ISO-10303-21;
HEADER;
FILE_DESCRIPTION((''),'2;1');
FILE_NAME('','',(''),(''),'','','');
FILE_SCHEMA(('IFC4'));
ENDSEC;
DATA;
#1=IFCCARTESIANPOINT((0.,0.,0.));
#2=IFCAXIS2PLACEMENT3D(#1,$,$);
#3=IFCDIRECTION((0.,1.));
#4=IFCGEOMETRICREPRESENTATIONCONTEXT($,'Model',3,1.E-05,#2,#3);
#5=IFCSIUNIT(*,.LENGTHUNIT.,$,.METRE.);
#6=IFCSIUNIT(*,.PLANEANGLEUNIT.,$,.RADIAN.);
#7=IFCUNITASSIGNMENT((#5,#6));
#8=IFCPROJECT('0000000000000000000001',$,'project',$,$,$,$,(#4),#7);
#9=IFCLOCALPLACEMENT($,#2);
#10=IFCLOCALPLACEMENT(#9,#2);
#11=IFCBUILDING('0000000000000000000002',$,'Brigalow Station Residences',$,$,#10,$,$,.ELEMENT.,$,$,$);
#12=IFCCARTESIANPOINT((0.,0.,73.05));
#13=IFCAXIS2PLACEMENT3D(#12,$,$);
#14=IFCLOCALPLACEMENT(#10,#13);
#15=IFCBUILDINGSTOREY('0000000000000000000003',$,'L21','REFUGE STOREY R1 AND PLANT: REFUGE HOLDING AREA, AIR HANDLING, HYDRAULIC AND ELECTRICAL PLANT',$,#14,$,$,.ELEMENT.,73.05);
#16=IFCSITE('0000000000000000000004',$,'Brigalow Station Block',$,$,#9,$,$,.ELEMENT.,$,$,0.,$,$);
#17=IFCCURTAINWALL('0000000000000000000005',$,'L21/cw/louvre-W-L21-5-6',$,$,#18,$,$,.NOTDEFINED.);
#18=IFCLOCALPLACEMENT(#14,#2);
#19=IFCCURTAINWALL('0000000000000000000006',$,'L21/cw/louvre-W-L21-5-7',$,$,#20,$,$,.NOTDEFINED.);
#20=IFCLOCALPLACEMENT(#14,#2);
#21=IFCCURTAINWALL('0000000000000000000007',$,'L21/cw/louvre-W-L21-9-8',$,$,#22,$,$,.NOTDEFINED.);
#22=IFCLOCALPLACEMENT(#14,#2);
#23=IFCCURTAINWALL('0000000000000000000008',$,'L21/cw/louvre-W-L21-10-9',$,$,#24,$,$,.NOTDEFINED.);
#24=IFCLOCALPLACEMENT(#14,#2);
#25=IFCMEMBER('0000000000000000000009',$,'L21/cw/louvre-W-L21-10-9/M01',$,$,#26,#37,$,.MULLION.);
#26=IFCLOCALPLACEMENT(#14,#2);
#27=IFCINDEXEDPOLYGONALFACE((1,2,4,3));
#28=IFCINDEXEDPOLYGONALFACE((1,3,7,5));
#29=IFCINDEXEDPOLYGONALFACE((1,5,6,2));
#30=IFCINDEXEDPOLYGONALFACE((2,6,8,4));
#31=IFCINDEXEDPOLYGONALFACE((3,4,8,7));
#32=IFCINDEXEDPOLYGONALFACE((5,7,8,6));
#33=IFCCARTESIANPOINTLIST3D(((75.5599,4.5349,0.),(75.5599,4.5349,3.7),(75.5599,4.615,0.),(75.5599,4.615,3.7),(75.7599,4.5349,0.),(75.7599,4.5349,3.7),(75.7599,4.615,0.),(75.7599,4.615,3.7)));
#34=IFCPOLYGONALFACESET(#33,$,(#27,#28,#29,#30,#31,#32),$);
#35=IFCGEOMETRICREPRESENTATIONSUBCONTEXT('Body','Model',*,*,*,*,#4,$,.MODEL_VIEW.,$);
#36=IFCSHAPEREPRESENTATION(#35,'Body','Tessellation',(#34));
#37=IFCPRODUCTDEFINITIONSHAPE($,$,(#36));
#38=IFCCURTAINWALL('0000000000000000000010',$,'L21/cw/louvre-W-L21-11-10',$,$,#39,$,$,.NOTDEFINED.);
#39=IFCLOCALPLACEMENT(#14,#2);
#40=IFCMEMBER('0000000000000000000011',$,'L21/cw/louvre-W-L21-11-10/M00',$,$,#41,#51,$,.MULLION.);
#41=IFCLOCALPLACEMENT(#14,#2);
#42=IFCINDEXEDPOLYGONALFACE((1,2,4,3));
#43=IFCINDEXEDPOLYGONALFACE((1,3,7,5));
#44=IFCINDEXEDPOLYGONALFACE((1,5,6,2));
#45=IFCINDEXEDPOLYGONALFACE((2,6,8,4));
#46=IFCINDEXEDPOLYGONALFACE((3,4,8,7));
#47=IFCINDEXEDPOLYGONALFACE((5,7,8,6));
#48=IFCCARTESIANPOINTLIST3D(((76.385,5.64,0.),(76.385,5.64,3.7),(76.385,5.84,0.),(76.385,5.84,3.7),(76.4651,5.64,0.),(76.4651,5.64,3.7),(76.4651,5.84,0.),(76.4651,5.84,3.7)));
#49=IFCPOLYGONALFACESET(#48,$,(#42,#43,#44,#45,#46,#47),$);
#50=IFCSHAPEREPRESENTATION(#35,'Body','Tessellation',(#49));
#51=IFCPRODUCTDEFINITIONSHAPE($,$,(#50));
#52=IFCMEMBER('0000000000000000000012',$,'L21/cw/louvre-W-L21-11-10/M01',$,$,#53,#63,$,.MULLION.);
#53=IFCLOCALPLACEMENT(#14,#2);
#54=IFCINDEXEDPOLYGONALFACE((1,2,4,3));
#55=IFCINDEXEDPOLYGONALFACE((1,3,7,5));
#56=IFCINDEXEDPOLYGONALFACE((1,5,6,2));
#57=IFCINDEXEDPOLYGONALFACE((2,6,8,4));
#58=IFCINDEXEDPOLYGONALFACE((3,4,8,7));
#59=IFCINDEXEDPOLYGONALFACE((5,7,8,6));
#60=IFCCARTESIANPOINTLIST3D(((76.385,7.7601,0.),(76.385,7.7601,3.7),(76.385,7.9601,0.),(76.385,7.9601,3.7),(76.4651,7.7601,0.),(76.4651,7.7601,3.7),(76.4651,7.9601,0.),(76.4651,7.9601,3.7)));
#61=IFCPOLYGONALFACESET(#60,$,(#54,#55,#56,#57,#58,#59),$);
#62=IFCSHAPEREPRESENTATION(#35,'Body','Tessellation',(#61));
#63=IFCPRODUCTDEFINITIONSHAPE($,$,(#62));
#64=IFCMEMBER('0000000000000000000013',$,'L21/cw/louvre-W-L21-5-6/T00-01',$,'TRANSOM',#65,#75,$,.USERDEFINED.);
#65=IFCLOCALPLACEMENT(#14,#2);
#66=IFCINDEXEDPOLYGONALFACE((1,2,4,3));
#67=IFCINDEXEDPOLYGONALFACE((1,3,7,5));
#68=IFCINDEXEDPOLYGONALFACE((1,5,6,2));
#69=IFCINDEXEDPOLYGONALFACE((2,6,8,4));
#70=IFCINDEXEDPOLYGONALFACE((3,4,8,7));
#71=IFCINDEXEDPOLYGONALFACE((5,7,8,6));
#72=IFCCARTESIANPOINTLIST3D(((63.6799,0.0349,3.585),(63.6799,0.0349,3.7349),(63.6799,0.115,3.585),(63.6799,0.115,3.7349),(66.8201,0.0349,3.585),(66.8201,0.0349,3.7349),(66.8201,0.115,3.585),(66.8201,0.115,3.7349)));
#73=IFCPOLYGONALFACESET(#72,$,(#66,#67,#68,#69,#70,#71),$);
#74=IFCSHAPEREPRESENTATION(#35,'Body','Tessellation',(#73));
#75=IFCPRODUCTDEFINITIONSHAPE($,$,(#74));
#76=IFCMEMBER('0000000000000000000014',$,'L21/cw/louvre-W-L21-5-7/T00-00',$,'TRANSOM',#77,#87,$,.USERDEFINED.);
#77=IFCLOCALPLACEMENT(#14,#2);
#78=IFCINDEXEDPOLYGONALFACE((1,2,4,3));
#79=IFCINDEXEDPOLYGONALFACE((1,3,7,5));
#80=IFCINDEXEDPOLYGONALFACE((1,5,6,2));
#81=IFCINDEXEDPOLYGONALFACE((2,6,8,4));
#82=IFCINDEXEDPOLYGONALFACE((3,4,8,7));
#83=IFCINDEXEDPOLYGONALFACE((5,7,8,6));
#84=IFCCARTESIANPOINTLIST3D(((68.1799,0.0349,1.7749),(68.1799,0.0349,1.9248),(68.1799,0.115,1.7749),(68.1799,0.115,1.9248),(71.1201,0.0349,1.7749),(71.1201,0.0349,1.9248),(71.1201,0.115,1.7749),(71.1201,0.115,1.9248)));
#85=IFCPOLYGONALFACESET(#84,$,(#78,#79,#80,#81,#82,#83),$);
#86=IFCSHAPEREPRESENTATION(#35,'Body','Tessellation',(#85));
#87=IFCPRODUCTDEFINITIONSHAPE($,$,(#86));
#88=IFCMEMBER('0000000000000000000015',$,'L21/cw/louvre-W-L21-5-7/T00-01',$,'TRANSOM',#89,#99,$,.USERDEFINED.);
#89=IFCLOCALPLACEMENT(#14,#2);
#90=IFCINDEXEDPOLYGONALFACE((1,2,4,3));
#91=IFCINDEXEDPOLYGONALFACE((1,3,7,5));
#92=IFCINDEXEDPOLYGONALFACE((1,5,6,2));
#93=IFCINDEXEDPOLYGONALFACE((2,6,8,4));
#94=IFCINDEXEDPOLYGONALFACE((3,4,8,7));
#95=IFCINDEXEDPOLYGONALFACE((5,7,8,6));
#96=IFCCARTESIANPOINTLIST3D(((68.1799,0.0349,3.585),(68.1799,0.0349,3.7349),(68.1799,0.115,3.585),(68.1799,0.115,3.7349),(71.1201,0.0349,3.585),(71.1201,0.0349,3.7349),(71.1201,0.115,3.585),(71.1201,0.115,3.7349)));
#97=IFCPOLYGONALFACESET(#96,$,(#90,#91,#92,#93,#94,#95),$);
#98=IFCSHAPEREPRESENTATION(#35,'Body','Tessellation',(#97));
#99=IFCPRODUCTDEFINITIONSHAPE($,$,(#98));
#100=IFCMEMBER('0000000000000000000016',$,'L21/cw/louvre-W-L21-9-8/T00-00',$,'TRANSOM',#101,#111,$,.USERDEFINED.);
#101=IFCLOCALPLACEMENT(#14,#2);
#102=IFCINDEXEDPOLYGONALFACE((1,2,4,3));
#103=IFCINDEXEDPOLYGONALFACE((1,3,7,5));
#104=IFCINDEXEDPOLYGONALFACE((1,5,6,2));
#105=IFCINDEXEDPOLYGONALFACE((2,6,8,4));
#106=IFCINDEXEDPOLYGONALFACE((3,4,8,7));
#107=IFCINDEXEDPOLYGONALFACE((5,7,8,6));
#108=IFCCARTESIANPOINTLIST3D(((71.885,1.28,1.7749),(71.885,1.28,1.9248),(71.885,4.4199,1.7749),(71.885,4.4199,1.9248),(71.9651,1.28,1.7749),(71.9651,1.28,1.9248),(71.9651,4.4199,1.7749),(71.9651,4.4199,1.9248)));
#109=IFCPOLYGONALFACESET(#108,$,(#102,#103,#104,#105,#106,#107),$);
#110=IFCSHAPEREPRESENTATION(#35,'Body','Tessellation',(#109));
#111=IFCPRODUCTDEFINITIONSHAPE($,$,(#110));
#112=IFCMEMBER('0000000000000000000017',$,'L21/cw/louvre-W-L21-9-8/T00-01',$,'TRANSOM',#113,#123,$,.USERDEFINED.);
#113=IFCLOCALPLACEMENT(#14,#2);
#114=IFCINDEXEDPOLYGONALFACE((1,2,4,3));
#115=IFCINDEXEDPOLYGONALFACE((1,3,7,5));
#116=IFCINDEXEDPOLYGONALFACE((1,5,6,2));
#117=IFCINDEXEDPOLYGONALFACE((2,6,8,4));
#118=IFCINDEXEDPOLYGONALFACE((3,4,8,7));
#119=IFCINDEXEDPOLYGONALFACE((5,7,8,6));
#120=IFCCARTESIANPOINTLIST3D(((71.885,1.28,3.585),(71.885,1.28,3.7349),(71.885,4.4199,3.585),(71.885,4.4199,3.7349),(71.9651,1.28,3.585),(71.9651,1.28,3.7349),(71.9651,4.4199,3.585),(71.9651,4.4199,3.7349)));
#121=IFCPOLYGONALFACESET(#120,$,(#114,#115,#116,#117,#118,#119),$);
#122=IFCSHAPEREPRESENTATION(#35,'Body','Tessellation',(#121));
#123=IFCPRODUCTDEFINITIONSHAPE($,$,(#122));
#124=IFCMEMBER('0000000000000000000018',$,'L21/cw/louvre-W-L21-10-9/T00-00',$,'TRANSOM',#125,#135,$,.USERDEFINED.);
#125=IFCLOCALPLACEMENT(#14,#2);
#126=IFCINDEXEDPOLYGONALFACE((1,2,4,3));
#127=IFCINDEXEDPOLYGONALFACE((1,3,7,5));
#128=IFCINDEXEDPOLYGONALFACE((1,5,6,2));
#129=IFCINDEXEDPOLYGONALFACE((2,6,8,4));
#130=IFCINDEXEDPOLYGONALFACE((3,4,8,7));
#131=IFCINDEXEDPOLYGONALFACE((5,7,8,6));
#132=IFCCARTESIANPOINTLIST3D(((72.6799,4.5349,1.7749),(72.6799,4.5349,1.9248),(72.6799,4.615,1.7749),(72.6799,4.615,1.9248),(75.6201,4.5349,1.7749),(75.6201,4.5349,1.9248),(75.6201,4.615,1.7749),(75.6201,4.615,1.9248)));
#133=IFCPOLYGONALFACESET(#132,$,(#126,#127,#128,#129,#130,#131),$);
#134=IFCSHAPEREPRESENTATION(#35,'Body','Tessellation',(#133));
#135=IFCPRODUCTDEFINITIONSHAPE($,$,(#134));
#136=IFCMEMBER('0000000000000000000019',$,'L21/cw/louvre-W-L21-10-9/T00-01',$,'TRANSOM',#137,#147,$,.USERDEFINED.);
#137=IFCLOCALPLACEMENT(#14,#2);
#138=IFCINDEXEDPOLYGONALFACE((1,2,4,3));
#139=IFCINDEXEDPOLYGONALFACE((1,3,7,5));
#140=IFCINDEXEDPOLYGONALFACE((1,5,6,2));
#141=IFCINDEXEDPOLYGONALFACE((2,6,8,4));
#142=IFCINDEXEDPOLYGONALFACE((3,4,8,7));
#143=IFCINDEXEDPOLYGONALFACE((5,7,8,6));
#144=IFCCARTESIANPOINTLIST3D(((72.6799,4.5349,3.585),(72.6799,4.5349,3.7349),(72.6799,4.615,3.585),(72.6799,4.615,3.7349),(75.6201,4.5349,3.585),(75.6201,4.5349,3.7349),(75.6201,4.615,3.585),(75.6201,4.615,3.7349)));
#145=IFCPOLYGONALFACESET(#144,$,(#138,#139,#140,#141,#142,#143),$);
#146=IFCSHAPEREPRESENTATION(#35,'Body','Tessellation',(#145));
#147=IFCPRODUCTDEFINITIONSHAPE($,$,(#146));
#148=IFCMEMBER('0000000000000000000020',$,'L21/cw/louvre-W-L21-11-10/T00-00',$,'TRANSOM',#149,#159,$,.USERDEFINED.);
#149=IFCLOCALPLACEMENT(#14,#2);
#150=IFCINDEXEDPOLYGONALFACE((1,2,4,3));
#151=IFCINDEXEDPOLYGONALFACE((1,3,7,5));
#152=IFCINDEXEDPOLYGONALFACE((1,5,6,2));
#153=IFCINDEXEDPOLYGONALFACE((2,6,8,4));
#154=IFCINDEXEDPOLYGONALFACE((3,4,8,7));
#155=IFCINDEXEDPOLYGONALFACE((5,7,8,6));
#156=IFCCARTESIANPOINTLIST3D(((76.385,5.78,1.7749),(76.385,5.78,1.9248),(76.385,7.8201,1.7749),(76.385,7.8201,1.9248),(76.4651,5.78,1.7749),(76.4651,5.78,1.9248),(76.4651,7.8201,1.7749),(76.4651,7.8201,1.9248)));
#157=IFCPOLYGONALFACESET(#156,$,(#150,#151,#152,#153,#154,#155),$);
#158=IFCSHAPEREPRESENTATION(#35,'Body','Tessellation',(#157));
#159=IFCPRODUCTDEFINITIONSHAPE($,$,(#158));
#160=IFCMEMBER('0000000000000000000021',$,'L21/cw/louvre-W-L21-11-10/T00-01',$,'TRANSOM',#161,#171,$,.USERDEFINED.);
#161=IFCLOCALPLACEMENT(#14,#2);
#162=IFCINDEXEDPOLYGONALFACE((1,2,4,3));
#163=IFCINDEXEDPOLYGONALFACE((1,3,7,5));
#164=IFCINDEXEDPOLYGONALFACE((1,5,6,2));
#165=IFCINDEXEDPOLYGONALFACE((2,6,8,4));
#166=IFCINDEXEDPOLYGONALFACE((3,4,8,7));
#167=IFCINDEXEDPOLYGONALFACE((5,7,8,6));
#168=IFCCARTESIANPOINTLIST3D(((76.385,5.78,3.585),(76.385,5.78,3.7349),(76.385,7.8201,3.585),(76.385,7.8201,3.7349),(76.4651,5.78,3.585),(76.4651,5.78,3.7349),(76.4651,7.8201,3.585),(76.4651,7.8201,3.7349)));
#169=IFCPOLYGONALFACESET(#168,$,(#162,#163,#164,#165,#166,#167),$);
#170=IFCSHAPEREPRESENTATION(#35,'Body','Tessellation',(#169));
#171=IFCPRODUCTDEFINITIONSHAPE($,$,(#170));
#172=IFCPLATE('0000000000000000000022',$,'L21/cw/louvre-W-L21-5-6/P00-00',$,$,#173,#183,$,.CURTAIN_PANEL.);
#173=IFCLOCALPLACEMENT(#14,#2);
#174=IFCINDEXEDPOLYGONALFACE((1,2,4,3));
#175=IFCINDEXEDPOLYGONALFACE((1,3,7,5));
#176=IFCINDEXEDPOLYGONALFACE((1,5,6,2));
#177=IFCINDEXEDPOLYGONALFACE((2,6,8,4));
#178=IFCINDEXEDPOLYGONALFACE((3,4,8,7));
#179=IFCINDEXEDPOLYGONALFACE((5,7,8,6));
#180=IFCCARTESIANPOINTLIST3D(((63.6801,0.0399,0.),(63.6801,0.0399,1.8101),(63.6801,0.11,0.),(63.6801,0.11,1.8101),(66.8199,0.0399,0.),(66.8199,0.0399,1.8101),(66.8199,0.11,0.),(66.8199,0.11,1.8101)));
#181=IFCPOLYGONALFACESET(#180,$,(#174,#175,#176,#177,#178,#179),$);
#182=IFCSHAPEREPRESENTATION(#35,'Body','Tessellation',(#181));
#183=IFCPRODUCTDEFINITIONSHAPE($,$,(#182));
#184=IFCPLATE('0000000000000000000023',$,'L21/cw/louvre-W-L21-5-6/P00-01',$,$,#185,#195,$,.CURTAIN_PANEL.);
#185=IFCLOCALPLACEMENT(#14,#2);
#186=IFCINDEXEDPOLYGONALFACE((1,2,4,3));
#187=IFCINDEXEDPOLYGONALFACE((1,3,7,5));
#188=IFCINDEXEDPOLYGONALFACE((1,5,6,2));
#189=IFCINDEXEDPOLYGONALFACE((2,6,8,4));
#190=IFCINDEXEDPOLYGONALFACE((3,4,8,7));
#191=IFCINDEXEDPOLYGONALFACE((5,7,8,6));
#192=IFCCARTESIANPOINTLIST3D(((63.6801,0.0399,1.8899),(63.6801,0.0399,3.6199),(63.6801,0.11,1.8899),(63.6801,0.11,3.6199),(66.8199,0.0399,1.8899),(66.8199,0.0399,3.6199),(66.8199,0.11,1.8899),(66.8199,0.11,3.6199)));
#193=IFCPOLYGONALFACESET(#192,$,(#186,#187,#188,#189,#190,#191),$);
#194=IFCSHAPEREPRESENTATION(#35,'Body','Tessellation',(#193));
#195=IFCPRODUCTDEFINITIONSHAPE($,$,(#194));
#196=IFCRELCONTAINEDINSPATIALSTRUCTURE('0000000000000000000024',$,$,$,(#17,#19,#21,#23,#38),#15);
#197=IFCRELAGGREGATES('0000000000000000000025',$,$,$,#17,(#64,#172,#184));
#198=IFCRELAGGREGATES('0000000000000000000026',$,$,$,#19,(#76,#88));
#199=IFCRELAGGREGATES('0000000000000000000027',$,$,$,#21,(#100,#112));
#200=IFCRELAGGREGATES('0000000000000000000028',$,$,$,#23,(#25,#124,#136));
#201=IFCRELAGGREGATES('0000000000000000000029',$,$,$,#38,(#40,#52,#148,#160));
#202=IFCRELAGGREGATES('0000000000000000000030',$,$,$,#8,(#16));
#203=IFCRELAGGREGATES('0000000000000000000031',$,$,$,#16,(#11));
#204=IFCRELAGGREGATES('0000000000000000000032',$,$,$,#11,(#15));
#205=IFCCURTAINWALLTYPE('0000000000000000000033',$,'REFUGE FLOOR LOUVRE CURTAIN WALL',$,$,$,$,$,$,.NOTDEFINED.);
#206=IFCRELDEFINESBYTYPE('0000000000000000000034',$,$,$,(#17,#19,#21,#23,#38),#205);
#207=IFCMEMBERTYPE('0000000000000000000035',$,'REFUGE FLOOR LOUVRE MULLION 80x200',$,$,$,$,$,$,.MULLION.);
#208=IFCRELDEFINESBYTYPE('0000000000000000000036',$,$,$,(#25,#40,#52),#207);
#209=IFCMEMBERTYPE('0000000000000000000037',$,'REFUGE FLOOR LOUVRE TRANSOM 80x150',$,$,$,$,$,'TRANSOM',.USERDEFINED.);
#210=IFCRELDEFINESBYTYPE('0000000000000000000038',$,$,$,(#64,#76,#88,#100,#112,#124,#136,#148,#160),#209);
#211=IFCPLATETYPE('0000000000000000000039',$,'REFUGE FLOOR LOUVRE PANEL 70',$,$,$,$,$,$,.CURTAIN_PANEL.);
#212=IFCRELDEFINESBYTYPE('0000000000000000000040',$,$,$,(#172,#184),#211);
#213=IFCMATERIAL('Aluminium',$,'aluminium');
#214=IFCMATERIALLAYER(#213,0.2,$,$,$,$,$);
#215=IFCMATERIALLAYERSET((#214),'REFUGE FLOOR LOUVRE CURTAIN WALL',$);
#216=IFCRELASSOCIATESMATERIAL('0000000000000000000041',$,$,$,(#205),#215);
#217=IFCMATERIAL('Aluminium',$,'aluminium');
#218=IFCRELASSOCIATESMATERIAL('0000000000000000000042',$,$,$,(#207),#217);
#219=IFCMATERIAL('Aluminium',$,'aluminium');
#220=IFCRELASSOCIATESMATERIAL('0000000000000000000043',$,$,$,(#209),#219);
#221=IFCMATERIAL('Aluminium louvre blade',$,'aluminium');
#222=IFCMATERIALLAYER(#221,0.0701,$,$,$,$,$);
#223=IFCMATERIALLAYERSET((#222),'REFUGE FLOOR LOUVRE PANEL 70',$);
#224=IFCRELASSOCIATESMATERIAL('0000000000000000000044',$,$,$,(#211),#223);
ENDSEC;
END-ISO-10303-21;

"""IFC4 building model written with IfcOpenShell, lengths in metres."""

from ifc_helpers import new_model, si_unit, direction, frame, origin, origin_2d, place, context, subcontext, project, spatial, rectangle, extrude, material, layer, layer_set, material_profile, profile_set, type_object, element, aggregate, save


model = new_model("IFC4")

# Units and contexts
model_context = context("Model", 3, precision=1e-05, world=origin(), true_north=direction((0.0, 1.0)))
body_context = subcontext(model_context, "Body", "Model", "MODEL_VIEW")
ifc_project = project(units=[si_unit("LENGTHUNIT", "METRE"), si_unit("PLANEANGLEUNIT", "RADIAN")], contexts=[model_context])

# Site, building, storey
site_placement = place(None, origin())
site = spatial("IfcSite", under=ifc_project, at=site_placement, Name="Brigalow Station Block", CompositionType="ELEMENT", RefElevation=0.0)
building_placement = place(site_placement, origin())
building = spatial("IfcBuilding", under=site, at=building_placement, Name="Brigalow Station Residences", CompositionType="ELEMENT")
storey_placement = place(building_placement, frame((0.0, 0.0, 73.05)))
storey = spatial("IfcBuildingStorey", under=building, at=storey_placement, Name="L21", Description="REFUGE STOREY R1 AND PLANT: REFUGE HOLDING AREA, AIR HANDLING, HYDRAULIC AND ELECTRICAL PLANT", CompositionType="ELEMENT", Elevation=73.05)

# Curtain wall
ifc_material_1 = material(Name="Aluminium", Category="aluminium")
ifc_layer_1 = layer(ifc_material_1, 0.2)
ifc_layer_set_1 = layer_set([ifc_layer_1], Name="REFUGE FLOOR LOUVRE CURTAIN WALL")
curtain_wall_type = type_object("IfcCurtainWallType", Name="REFUGE FLOOR LOUVRE CURTAIN WALL", PredefinedType="NOTDEFINED", material=ifc_layer_set_1)
curtain_wall_1_placement = place(storey_placement, origin())
curtain_wall_1 = element("IfcCurtainWall", 1, at=curtain_wall_1_placement, inside=storey, type_object=curtain_wall_type, Name="L21/cw/louvre-W-L21-5-6", PredefinedType="NOTDEFINED")
ifc_material_2 = material(Name="Aluminium", Category="aluminium")
ifc_material_profile_1 = material_profile(ifc_material_2, rectangle(XDim=0.0801, YDim=0.2, at=origin_2d()), Name="REFUGE FLOOR LOUVRE MULLION 80x200")
ifc_profile_set_1 = profile_set([ifc_material_profile_1], Name="Aluminium")
member_type_1 = type_object("IfcMemberType", Name="REFUGE FLOOR LOUVRE MULLION 80x200", PredefinedType="MULLION", material=ifc_profile_set_1)

# Curtain walls, members
curtain_wall_2_placement = place(storey_placement, origin())
curtain_wall_2 = element("IfcCurtainWall", 2, at=curtain_wall_2_placement, inside=storey, type_object=curtain_wall_type, Name="L21/cw/louvre-W-L21-5-7", PredefinedType="NOTDEFINED")
curtain_wall_3_placement = place(storey_placement, origin())
curtain_wall_3 = element("IfcCurtainWall", 3, at=curtain_wall_3_placement, inside=storey, type_object=curtain_wall_type, Name="L21/cw/louvre-W-L21-9-8", PredefinedType="NOTDEFINED")
curtain_wall_4_placement = place(storey_placement, origin())
curtain_wall_4 = element("IfcCurtainWall", 4, at=curtain_wall_4_placement, inside=storey, type_object=curtain_wall_type, Name="L21/cw/louvre-W-L21-10-9", PredefinedType="NOTDEFINED")
member_1_placement = place(storey_placement, frame((75.6599, 4.575, 0.0), z_axis=(0.0, 0.0, 1.0), x_axis=(0.0, 1.0, 0.0)))
member_1 = element("IfcMember", 5, at=member_1_placement, type_object=member_type_1, Name="L21/cw/louvre-W-L21-10-9/M01", PredefinedType="MULLION", context=body_context, shape_type="SweptSolid", body=[
    extrude(rectangle(XDim=0.0801, YDim=0.2, at=origin_2d()), origin(), (0.0, 0.0, 1.0), 3.7),
])
curtain_wall_5_placement = place(storey_placement, origin())
curtain_wall_5 = element("IfcCurtainWall", 6, at=curtain_wall_5_placement, inside=storey, type_object=curtain_wall_type, Name="L21/cw/louvre-W-L21-11-10", PredefinedType="NOTDEFINED")
member_2_placement = place(storey_placement, frame((76.425, 5.74, 0.0), z_axis=(0.0, 0.0, 1.0), x_axis=(-1.0, 0.0, 0.0)))
member_2 = element("IfcMember", 7, at=member_2_placement, type_object=member_type_1, Name="L21/cw/louvre-W-L21-11-10/M00", PredefinedType="MULLION", context=body_context, shape_type="SweptSolid", body=[
    extrude(rectangle(XDim=0.0801, YDim=0.2, at=origin_2d()), origin(), (0.0, 0.0, 1.0), 3.7),
])
member_3_placement = place(storey_placement, frame((76.425, 7.8601, 0.0), z_axis=(0.0, 0.0, 1.0), x_axis=(-1.0, 0.0, 0.0)))
member_3 = element("IfcMember", 8, at=member_3_placement, type_object=member_type_1, Name="L21/cw/louvre-W-L21-11-10/M01", PredefinedType="MULLION", context=body_context, shape_type="SweptSolid", body=[
    extrude(rectangle(XDim=0.0801, YDim=0.2, at=origin_2d()), origin(), (0.0, 0.0, 1.0), 3.7),
])

# Members
ifc_material_3 = material(Name="Aluminium", Category="aluminium")
ifc_material_profile_2 = material_profile(ifc_material_3, rectangle(XDim=0.0801, YDim=0.1499, at=origin_2d()), Name="REFUGE FLOOR LOUVRE TRANSOM 80x150")
ifc_profile_set_2 = profile_set([ifc_material_profile_2], Name="Aluminium")
member_type_2 = type_object("IfcMemberType", Name="REFUGE FLOOR LOUVRE TRANSOM 80x150", ElementType="TRANSOM", PredefinedType="USERDEFINED", material=ifc_profile_set_2)
member_4_placement = place(storey_placement, frame((63.6799, 0.075, 3.6599), z_axis=(1.0, 0.0, 0.0), x_axis=(0.0, 1.0, 0.0)))
member_4 = element("IfcMember", 9, at=member_4_placement, type_object=member_type_2, Name="L21/cw/louvre-W-L21-5-6/T00-01", ObjectType="TRANSOM", PredefinedType="USERDEFINED", context=body_context, shape_type="SweptSolid", body=[
    extrude(rectangle(XDim=0.0801, YDim=0.1499, at=origin_2d()), origin(), (0.0, 0.0, 1.0), 3.1401),
])
member_5_placement = place(storey_placement, frame((68.1799, 0.075, 1.8499), z_axis=(1.0, 0.0, 0.0), x_axis=(0.0, 1.0, 0.0)))
member_5 = element("IfcMember", 10, at=member_5_placement, type_object=member_type_2, Name="L21/cw/louvre-W-L21-5-7/T00-00", ObjectType="TRANSOM", PredefinedType="USERDEFINED", context=body_context, shape_type="SweptSolid", body=[
    extrude(rectangle(XDim=0.0801, YDim=0.1499, at=origin_2d()), origin(), (0.0, 0.0, 1.0), 2.9402),
])
member_6_placement = place(storey_placement, frame((68.1799, 0.075, 3.6599), z_axis=(1.0, 0.0, 0.0), x_axis=(0.0, 1.0, 0.0)))
member_6 = element("IfcMember", 11, at=member_6_placement, type_object=member_type_2, Name="L21/cw/louvre-W-L21-5-7/T00-01", ObjectType="TRANSOM", PredefinedType="USERDEFINED", context=body_context, shape_type="SweptSolid", body=[
    extrude(rectangle(XDim=0.0801, YDim=0.1499, at=origin_2d()), origin(), (0.0, 0.0, 1.0), 2.9402),
])
member_7_placement = place(storey_placement, frame((71.925, 1.28, 1.8499), z_axis=(0.0, 1.0, 0.0), x_axis=(-1.0, 0.0, 0.0)))
member_7 = element("IfcMember", 12, at=member_7_placement, type_object=member_type_2, Name="L21/cw/louvre-W-L21-9-8/T00-00", ObjectType="TRANSOM", PredefinedType="USERDEFINED", context=body_context, shape_type="SweptSolid", body=[
    extrude(rectangle(XDim=0.0801, YDim=0.1499, at=origin_2d()), origin(), (0.0, 0.0, 1.0), 3.1399),
])
member_8_placement = place(storey_placement, frame((71.925, 1.28, 3.6599), z_axis=(0.0, 1.0, 0.0), x_axis=(-1.0, 0.0, 0.0)))
member_8 = element("IfcMember", 13, at=member_8_placement, type_object=member_type_2, Name="L21/cw/louvre-W-L21-9-8/T00-01", ObjectType="TRANSOM", PredefinedType="USERDEFINED", context=body_context, shape_type="SweptSolid", body=[
    extrude(rectangle(XDim=0.0801, YDim=0.1499, at=origin_2d()), origin(), (0.0, 0.0, 1.0), 3.1399),
])
member_9_placement = place(storey_placement, frame((72.6799, 4.575, 1.8499), z_axis=(1.0, 0.0, 0.0), x_axis=(0.0, 1.0, 0.0)))
member_9 = element("IfcMember", 14, at=member_9_placement, type_object=member_type_2, Name="L21/cw/louvre-W-L21-10-9/T00-00", ObjectType="TRANSOM", PredefinedType="USERDEFINED", context=body_context, shape_type="SweptSolid", body=[
    extrude(rectangle(XDim=0.0801, YDim=0.1499, at=origin_2d()), origin(), (0.0, 0.0, 1.0), 2.9402),
])
member_10_placement = place(storey_placement, frame((72.6799, 4.575, 3.6599), z_axis=(1.0, 0.0, 0.0), x_axis=(0.0, 1.0, 0.0)))
member_10 = element("IfcMember", 15, at=member_10_placement, type_object=member_type_2, Name="L21/cw/louvre-W-L21-10-9/T00-01", ObjectType="TRANSOM", PredefinedType="USERDEFINED", context=body_context, shape_type="SweptSolid", body=[
    extrude(rectangle(XDim=0.0801, YDim=0.1499, at=origin_2d()), origin(), (0.0, 0.0, 1.0), 2.9402),
])
member_11_placement = place(storey_placement, frame((76.425, 5.78, 1.8499), z_axis=(0.0, 1.0, 0.0), x_axis=(-1.0, 0.0, 0.0)))
member_11 = element("IfcMember", 16, at=member_11_placement, type_object=member_type_2, Name="L21/cw/louvre-W-L21-11-10/T00-00", ObjectType="TRANSOM", PredefinedType="USERDEFINED", context=body_context, shape_type="SweptSolid", body=[
    extrude(rectangle(XDim=0.0801, YDim=0.1499, at=origin_2d()), origin(), (0.0, 0.0, 1.0), 2.04),
])
member_12_placement = place(storey_placement, frame((76.425, 5.78, 3.6599), z_axis=(0.0, 1.0, 0.0), x_axis=(-1.0, 0.0, 0.0)))
member_12 = element("IfcMember", 17, at=member_12_placement, type_object=member_type_2, Name="L21/cw/louvre-W-L21-11-10/T00-01", ObjectType="TRANSOM", PredefinedType="USERDEFINED", context=body_context, shape_type="SweptSolid", body=[
    extrude(rectangle(XDim=0.0801, YDim=0.1499, at=origin_2d()), origin(), (0.0, 0.0, 1.0), 2.04),
])

# Plates
ifc_material_4 = material(Name="Aluminium louvre blade", Category="aluminium")
ifc_layer_2 = layer(ifc_material_4, 0.0701)
ifc_layer_set_2 = layer_set([ifc_layer_2], Name="REFUGE FLOOR LOUVRE PANEL 70")
plate_type = type_object("IfcPlateType", Name="REFUGE FLOOR LOUVRE PANEL 70", PredefinedType="CURTAIN_PANEL", material=ifc_layer_set_2)
plate_1_placement = place(storey_placement, frame((65.25, 0.075, 0.0), z_axis=(0.0, 0.0, 1.0), x_axis=(1.0, 0.0, 0.0)))
plate_1 = element("IfcPlate", 18, at=plate_1_placement, type_object=plate_type, Name="L21/cw/louvre-W-L21-5-6/P00-00", PredefinedType="CURTAIN_PANEL", context=body_context, shape_type="SweptSolid", body=[
    extrude(rectangle(XDim=3.1399, YDim=0.0701, at=origin_2d()), origin(), (0.0, 0.0, 1.0), 1.8101),
])
plate_2_placement = place(storey_placement, frame((65.25, 0.075, 1.8899), z_axis=(0.0, 0.0, 1.0), x_axis=(1.0, 0.0, 0.0)))
plate_2 = element("IfcPlate", 19, at=plate_2_placement, type_object=plate_type, Name="L21/cw/louvre-W-L21-5-6/P00-01", PredefinedType="CURTAIN_PANEL", context=body_context, shape_type="SweptSolid", body=[
    extrude(rectangle(XDim=3.1399, YDim=0.0701, at=origin_2d()), origin(), (0.0, 0.0, 1.0), 1.73),
])
aggregate(curtain_wall_1, [member_4, plate_1, plate_2])
aggregate(curtain_wall_2, [member_5, member_6])
aggregate(curtain_wall_3, [member_7, member_8])
aggregate(curtain_wall_4, [member_1, member_9, member_10])
aggregate(curtain_wall_5, [member_2, member_3, member_11, member_12])

save(model, "model.ifc")
